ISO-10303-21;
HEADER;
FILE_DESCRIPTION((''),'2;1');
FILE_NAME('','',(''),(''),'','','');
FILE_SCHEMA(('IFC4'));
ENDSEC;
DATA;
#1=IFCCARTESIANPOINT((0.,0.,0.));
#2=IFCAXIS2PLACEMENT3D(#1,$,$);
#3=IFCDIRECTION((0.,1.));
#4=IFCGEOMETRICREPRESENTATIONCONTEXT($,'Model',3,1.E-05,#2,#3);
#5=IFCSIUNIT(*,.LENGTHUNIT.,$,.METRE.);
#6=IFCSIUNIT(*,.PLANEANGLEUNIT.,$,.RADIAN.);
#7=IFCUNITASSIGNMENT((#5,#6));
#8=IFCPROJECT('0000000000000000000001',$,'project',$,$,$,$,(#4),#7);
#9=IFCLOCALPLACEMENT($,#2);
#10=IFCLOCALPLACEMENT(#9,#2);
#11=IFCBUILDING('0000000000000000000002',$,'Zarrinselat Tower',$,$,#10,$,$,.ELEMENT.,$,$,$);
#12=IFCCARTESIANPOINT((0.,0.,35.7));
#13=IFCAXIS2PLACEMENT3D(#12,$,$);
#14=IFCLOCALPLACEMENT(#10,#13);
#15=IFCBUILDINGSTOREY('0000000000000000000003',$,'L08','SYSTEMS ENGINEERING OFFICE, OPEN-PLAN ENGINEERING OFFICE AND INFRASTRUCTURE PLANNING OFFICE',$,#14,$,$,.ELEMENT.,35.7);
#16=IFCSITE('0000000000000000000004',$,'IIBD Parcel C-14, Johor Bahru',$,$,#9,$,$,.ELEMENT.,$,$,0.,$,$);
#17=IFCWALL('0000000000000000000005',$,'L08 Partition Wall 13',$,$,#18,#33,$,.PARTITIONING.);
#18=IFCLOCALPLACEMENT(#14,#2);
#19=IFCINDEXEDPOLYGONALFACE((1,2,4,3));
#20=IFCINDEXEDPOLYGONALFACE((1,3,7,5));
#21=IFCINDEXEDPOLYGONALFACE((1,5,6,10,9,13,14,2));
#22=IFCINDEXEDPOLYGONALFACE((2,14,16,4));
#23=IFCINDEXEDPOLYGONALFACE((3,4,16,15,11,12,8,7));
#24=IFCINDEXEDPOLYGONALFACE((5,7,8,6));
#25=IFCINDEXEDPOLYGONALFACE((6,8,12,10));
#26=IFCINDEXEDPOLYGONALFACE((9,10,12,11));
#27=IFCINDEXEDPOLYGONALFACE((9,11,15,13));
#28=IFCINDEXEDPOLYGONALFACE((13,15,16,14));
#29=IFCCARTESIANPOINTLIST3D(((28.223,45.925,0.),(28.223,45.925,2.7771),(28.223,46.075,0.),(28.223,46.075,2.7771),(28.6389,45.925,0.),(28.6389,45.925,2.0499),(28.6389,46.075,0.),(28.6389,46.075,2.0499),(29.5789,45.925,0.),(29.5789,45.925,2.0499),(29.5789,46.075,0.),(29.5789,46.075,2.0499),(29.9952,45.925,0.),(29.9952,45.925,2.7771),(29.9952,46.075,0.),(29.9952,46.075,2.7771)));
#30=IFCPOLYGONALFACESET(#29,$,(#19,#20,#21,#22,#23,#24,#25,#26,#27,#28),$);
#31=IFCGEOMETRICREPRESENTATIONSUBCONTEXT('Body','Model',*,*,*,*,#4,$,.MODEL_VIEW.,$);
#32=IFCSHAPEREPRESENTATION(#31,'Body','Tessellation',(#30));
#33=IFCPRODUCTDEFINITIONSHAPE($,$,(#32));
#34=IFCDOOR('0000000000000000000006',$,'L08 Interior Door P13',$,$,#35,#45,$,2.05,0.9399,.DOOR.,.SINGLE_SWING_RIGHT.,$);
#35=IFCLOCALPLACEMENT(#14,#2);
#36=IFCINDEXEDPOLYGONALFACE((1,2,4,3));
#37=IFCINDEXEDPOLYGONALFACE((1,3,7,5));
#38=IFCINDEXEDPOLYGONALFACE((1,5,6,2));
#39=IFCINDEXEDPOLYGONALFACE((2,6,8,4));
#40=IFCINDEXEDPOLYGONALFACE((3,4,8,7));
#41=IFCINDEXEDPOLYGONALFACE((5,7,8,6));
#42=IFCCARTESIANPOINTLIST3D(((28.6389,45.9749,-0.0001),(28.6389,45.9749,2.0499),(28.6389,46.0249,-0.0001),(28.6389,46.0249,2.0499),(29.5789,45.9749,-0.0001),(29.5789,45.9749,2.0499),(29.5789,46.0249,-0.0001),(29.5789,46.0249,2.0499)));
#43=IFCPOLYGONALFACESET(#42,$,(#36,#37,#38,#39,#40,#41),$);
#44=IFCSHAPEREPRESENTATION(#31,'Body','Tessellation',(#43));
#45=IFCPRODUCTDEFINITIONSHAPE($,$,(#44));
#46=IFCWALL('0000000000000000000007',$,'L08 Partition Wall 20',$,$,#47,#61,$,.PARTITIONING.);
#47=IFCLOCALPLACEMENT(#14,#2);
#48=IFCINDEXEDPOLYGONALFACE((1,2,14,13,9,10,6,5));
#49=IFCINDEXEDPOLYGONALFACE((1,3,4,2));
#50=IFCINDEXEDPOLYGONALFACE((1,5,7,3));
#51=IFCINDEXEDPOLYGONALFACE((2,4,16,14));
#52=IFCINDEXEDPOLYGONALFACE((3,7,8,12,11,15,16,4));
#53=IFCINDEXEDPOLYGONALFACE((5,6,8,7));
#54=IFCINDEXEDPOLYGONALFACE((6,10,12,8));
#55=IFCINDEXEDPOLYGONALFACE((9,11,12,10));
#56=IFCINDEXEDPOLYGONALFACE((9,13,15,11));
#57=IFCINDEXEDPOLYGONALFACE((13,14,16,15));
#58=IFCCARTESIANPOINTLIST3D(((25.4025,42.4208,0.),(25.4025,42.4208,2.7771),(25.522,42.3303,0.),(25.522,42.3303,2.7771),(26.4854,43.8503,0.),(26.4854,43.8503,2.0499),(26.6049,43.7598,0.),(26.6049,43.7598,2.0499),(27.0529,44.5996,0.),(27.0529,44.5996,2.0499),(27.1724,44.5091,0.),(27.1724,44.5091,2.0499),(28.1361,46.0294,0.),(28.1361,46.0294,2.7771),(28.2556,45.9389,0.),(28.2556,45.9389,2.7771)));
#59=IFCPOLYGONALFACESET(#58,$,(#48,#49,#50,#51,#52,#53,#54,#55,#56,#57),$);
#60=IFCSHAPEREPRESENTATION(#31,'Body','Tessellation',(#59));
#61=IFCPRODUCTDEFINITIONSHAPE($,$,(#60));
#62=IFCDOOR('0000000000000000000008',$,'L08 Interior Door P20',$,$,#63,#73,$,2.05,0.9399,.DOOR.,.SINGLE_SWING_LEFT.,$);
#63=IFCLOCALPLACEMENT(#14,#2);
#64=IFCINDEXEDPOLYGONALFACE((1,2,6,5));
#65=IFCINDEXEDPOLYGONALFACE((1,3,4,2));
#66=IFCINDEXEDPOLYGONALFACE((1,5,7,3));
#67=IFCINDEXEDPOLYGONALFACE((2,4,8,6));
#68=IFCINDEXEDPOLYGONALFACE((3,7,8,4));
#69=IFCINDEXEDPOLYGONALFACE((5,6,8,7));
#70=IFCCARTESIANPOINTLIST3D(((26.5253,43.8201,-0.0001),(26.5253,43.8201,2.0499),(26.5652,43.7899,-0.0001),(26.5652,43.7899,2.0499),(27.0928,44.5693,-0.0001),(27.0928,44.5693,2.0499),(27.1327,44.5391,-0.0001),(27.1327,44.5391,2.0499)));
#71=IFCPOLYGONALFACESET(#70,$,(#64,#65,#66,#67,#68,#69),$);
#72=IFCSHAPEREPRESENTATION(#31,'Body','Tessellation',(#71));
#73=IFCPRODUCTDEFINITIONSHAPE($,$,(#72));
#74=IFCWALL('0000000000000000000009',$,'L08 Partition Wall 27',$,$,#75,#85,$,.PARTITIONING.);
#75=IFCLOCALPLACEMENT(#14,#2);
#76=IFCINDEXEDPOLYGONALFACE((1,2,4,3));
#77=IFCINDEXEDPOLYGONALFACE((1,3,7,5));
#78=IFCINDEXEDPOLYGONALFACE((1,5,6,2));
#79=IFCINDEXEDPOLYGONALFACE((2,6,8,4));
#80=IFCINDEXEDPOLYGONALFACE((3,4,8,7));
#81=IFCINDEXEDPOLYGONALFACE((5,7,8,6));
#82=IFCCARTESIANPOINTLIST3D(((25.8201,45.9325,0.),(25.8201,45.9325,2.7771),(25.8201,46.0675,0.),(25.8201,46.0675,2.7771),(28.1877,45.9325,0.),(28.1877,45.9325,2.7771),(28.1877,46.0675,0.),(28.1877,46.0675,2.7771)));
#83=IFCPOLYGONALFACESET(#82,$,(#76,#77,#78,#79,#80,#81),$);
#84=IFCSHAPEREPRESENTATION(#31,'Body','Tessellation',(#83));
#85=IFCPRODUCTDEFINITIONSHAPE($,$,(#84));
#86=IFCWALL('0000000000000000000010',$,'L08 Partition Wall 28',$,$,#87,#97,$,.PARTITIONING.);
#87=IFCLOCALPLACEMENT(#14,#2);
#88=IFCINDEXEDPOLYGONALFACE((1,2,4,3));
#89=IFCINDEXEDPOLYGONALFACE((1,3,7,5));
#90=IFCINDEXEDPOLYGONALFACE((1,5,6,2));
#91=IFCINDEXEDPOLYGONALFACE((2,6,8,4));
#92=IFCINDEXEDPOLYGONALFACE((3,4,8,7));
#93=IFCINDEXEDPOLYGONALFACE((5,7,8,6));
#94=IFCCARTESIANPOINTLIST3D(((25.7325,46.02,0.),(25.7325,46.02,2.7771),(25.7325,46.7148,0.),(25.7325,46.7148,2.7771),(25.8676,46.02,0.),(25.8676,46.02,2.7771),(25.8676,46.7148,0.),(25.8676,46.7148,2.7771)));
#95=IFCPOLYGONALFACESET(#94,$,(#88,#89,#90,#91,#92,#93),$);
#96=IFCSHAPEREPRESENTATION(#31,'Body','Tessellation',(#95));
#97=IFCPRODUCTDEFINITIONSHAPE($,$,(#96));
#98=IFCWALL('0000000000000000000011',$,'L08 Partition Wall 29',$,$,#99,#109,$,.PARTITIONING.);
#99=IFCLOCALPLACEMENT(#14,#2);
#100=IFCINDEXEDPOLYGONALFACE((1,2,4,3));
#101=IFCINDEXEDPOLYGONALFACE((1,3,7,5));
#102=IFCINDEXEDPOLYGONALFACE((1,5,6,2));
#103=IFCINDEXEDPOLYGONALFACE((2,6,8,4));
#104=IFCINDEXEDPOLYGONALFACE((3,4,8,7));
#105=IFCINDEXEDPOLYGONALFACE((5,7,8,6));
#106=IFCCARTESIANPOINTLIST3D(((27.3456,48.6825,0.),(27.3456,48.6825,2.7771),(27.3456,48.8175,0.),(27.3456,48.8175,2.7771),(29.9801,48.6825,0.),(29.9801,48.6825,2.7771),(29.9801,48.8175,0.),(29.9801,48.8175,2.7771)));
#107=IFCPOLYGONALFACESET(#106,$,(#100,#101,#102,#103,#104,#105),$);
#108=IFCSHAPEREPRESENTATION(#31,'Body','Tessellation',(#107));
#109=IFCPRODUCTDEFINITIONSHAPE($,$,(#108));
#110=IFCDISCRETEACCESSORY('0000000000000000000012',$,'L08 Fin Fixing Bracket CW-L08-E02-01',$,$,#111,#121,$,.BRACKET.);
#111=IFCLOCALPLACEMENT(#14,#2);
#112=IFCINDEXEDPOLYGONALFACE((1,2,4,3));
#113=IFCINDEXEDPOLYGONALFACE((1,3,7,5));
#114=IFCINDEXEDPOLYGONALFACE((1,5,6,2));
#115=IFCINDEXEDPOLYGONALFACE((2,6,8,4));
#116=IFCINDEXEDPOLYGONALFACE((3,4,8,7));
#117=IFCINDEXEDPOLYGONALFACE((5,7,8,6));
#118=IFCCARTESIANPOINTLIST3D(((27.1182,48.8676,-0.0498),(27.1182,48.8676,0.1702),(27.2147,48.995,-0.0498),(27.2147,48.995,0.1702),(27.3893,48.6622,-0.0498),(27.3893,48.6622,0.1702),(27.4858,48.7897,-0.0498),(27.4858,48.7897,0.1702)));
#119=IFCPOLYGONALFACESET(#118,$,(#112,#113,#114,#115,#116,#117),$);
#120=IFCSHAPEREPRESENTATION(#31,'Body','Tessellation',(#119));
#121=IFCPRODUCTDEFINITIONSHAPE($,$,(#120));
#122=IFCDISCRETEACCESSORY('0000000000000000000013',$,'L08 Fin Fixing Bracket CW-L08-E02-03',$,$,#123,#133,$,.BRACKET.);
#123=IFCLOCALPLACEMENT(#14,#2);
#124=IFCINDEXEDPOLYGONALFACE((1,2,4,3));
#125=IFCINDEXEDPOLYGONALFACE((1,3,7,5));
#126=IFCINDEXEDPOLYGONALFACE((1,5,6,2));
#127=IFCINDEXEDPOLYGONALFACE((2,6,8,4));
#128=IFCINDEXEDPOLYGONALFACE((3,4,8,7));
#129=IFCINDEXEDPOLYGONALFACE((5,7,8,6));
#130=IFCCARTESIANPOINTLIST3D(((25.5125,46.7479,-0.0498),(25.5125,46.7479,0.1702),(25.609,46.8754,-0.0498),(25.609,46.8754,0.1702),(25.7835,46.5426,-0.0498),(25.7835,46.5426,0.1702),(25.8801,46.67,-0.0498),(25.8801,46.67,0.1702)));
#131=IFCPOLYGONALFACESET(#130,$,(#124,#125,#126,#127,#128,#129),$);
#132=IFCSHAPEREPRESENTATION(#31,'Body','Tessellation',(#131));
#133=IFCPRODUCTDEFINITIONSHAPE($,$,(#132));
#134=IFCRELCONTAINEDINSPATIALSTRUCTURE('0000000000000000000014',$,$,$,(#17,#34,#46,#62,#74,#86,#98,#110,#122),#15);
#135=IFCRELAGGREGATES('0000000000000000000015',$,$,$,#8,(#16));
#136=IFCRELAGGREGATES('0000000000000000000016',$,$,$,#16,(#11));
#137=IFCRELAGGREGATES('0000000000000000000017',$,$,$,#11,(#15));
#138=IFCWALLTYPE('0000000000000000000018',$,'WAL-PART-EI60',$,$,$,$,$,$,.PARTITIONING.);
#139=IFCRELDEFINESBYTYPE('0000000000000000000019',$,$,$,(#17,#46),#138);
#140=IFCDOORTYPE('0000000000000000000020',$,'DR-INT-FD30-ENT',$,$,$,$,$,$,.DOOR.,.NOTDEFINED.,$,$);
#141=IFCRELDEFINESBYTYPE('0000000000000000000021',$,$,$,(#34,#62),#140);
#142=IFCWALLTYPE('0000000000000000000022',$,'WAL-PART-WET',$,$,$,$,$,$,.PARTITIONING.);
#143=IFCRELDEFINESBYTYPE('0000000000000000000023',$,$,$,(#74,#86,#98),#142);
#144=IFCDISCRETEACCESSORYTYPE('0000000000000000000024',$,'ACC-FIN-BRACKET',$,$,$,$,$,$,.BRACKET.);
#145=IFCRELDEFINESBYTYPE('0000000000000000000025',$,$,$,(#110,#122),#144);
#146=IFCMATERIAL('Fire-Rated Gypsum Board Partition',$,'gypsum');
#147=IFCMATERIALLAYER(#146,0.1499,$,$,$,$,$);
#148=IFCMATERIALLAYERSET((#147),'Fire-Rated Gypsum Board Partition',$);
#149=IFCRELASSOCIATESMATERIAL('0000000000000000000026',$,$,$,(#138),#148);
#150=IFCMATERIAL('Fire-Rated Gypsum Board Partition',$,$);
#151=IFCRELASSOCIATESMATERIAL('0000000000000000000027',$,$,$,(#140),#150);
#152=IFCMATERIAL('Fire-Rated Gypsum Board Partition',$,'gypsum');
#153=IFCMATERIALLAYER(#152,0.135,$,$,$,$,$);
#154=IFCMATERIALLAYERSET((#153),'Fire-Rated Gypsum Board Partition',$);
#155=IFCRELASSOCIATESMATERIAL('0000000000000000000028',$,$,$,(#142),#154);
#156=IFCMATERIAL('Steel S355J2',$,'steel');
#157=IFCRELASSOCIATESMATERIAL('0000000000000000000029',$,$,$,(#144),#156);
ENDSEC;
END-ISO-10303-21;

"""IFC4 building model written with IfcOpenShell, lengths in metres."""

from ifc_helpers import new_model, si_unit, direction, frame, frame_2d, origin, origin_2d, place, context, subcontext, project, spatial, rectangle, extrude, material, layer, layer_set, type_object, element, fill, save


model = new_model("IFC4")

# Units and contexts
model_context = context("Model", 3, precision=1e-05, world=origin(), true_north=direction((0.0, 1.0)))
body_context = subcontext(model_context, "Body", "Model", "MODEL_VIEW")
ifc_project = project(units=[si_unit("LENGTHUNIT", "METRE"), si_unit("PLANEANGLEUNIT", "RADIAN")], contexts=[model_context])

# Site, building, storey
site_placement = place(None, origin())
site = spatial("IfcSite", under=ifc_project, at=site_placement, Name="IIBD Parcel C-14, Johor Bahru", CompositionType="ELEMENT", RefElevation=0.0)
building_placement = place(site_placement, origin())
building = spatial("IfcBuilding", under=site, at=building_placement, Name="Zarrinselat Tower", CompositionType="ELEMENT")
storey_placement = place(building_placement, frame((0.0, 0.0, 35.7)))
storey = spatial("IfcBuildingStorey", under=building, at=storey_placement, Name="L08", Description="SYSTEMS ENGINEERING OFFICE, OPEN-PLAN ENGINEERING OFFICE AND INFRASTRUCTURE PLANNING OFFICE", CompositionType="ELEMENT", Elevation=35.7)

# Walls, openings, doors
ifc_material_1 = material(Name="Fire-Rated Gypsum Board Partition", Category="gypsum")
ifc_layer_1 = layer(ifc_material_1, 0.1499)
ifc_layer_set_1 = layer_set([ifc_layer_1], Name="Fire-Rated Gypsum Board Partition")
wall_type_1 = type_object("IfcWallType", Name="WAL-PART-EI60", PredefinedType="PARTITIONING", material=ifc_layer_set_1)
wall_1_placement = place(storey_placement, frame((28.2229, 46.0, 0.0), z_axis=(0.0, 0.0, 1.0), x_axis=(1.0, 0.0, 0.0)))
wall_1 = element("IfcWall", 1, at=wall_1_placement, inside=storey, type_object=wall_type_1, Name="L08 Partition Wall 13", PredefinedType="PARTITIONING", context=body_context, shape_type="SweptSolid", body=[
    extrude(rectangle(XDim=1.7722, YDim=0.1499, at=frame_2d((0.8862, 0.0))), origin(), (0.0, 0.0, 1.0), 2.7771),
])
opening_1_placement = place(wall_1_placement, frame((0.416, 0.0, 0.0)))
opening_1 = element("IfcOpeningElement", 2, at=opening_1_placement, cuts=wall_1, PredefinedType="OPENING", context=body_context, shape_type="SweptSolid", body=[
    extrude(rectangle(XDim=0.9399, YDim=2.05, at=frame_2d((0.47, 1.0249))), frame((0.0, 0.085, 0.0), z_axis=(0.0, -1.0, 0.0), x_axis=(1.0, 0.0, 0.0)), (0.0, 0.0, 1.0), 0.1699),
])
ifc_material_2 = material(Name="Fire-Rated Gypsum Board Partition")
door_type = type_object("IfcDoorType", Name="DR-INT-FD30-ENT", OperationType="NOTDEFINED", PredefinedType="DOOR", material=ifc_material_2)
door_1_placement = place(opening_1_placement, origin())
door_1 = element("IfcDoor", 3, at=door_1_placement, inside=storey, type_object=door_type, Name="L08 Interior Door P13", OperationType="SINGLE_SWING_RIGHT", OverallHeight=2.05, OverallWidth=0.9399, PredefinedType="DOOR", context=body_context, shape_type="SweptSolid", body=[
    extrude(rectangle(XDim=0.9399, YDim=2.05, at=frame_2d((0.47, 1.0249))), frame((0.0, 0.0249, 0.0), z_axis=(0.0, -1.0, 0.0), x_axis=(1.0, 0.0, 0.0)), (0.0, 0.0, 1.0), 0.05),
])
fill(opening_1, door_1)
wall_2_placement = place(storey_placement, frame((25.4622, 42.3755, 0.0), z_axis=(0.0, 0.0, 1.0), x_axis=(0.603833, 0.797111, 0.0)))
wall_2 = element("IfcWall", 4, at=wall_2_placement, inside=storey, type_object=wall_type_1, Name="L08 Partition Wall 20", PredefinedType="PARTITIONING", context=body_context, shape_type="SweptSolid", body=[
    extrude(rectangle(XDim=4.5271, YDim=0.1499, at=frame_2d((2.2637, 0.0))), origin(), (0.0, 0.0, 1.0), 2.7771),
])
opening_2_placement = place(wall_2_placement, frame((1.7935, 0.0, 0.0)))
opening_2 = element("IfcOpeningElement", 5, at=opening_2_placement, cuts=wall_2, PredefinedType="OPENING", context=body_context, shape_type="SweptSolid", body=[
    extrude(rectangle(XDim=0.9399, YDim=2.05, at=frame_2d((0.47, 1.0249))), frame((0.0, 0.085, 0.0), z_axis=(0.0, -1.0, 0.0), x_axis=(1.0, 0.0, 0.0)), (0.0, 0.0, 1.0), 0.1699),
])
door_2_placement = place(opening_2_placement, origin())
door_2 = element("IfcDoor", 6, at=door_2_placement, inside=storey, type_object=door_type, Name="L08 Interior Door P20", OperationType="SINGLE_SWING_LEFT", OverallHeight=2.05, OverallWidth=0.9399, PredefinedType="DOOR", context=body_context, shape_type="SweptSolid", body=[
    extrude(rectangle(XDim=0.9399, YDim=2.05, at=frame_2d((0.47, 1.0249))), frame((0.0, 0.0249, 0.0), z_axis=(0.0, -1.0, 0.0), x_axis=(1.0, 0.0, 0.0)), (0.0, 0.0, 1.0), 0.05),
])
fill(opening_2, door_2)

# Walls
ifc_material_3 = material(Name="Fire-Rated Gypsum Board Partition", Category="gypsum")
ifc_layer_2 = layer(ifc_material_3, 0.135)
ifc_layer_set_2 = layer_set([ifc_layer_2], Name="Fire-Rated Gypsum Board Partition")
wall_type_2 = type_object("IfcWallType", Name="WAL-PART-WET", PredefinedType="PARTITIONING", material=ifc_layer_set_2)
wall_3_placement = place(storey_placement, frame((25.8201, 46.0, 0.0), z_axis=(0.0, 0.0, 1.0), x_axis=(1.0, 0.0, 0.0)))
element("IfcWall", 7, at=wall_3_placement, inside=storey, type_object=wall_type_2, Name="L08 Partition Wall 27", PredefinedType="PARTITIONING", context=body_context, shape_type="SweptSolid", body=[
    extrude(rectangle(XDim=2.3677, YDim=0.135, at=frame_2d((1.1838, 0.0))), origin(), (0.0, 0.0, 1.0), 2.7771),
])
wall_4_placement = place(storey_placement, frame((25.8, 46.02, 0.0), z_axis=(0.0, 0.0, 1.0), x_axis=(0.0, 1.0, 0.0)))
element("IfcWall", 8, at=wall_4_placement, inside=storey, type_object=wall_type_2, Name="L08 Partition Wall 28", PredefinedType="PARTITIONING", context=body_context, shape_type="SweptSolid", body=[
    extrude(rectangle(XDim=0.6948, YDim=0.135, at=frame_2d((0.3474, 0.0))), origin(), (0.0, 0.0, 1.0), 2.7771),
])
wall_5_placement = place(storey_placement, frame((27.3455, 48.75, 0.0), z_axis=(0.0, 0.0, 1.0), x_axis=(1.0, 0.0, 0.0)))
element("IfcWall", 9, at=wall_5_placement, inside=storey, type_object=wall_type_2, Name="L08 Partition Wall 29", PredefinedType="PARTITIONING", context=body_context, shape_type="SweptSolid", body=[
    extrude(rectangle(XDim=2.6345, YDim=0.135, at=frame_2d((1.3174, 0.0))), origin(), (0.0, 0.0, 1.0), 2.7771),
])

# Discrete accessories
ifc_material_4 = material(Name="Steel S355J2", Category="steel")
discrete_accessory_type = type_object("IfcDiscreteAccessoryType", Name="ACC-FIN-BRACKET", PredefinedType="BRACKET", material=ifc_material_4)
for number, where, z_axis, x_axis, name in (
    (10, (27.302, 48.8286, -0.0498), (0.0, 0.0, 1.0), (-0.797091, 0.603859, 0.0), "L08 Fin Fixing Bracket CW-L08-E02-01"),
    (11, (25.6963, 46.709, -0.0498), (0.0, 0.0, 1.0), (-0.797091, 0.603859, 0.0), "L08 Fin Fixing Bracket CW-L08-E02-03"),
):
    element("IfcDiscreteAccessory", number, at=place(storey_placement, frame(where, z_axis=z_axis, x_axis=x_axis)), inside=storey, type_object=discrete_accessory_type, Name=name, PredefinedType="BRACKET", context=body_context, shape_type="SweptSolid", body=[
        extrude(rectangle(XDim=0.3401, YDim=0.1599, at=origin_2d()), origin(), (0.0, 0.0, 1.0), 0.22),
    ])

save(model, "model.ifc")
